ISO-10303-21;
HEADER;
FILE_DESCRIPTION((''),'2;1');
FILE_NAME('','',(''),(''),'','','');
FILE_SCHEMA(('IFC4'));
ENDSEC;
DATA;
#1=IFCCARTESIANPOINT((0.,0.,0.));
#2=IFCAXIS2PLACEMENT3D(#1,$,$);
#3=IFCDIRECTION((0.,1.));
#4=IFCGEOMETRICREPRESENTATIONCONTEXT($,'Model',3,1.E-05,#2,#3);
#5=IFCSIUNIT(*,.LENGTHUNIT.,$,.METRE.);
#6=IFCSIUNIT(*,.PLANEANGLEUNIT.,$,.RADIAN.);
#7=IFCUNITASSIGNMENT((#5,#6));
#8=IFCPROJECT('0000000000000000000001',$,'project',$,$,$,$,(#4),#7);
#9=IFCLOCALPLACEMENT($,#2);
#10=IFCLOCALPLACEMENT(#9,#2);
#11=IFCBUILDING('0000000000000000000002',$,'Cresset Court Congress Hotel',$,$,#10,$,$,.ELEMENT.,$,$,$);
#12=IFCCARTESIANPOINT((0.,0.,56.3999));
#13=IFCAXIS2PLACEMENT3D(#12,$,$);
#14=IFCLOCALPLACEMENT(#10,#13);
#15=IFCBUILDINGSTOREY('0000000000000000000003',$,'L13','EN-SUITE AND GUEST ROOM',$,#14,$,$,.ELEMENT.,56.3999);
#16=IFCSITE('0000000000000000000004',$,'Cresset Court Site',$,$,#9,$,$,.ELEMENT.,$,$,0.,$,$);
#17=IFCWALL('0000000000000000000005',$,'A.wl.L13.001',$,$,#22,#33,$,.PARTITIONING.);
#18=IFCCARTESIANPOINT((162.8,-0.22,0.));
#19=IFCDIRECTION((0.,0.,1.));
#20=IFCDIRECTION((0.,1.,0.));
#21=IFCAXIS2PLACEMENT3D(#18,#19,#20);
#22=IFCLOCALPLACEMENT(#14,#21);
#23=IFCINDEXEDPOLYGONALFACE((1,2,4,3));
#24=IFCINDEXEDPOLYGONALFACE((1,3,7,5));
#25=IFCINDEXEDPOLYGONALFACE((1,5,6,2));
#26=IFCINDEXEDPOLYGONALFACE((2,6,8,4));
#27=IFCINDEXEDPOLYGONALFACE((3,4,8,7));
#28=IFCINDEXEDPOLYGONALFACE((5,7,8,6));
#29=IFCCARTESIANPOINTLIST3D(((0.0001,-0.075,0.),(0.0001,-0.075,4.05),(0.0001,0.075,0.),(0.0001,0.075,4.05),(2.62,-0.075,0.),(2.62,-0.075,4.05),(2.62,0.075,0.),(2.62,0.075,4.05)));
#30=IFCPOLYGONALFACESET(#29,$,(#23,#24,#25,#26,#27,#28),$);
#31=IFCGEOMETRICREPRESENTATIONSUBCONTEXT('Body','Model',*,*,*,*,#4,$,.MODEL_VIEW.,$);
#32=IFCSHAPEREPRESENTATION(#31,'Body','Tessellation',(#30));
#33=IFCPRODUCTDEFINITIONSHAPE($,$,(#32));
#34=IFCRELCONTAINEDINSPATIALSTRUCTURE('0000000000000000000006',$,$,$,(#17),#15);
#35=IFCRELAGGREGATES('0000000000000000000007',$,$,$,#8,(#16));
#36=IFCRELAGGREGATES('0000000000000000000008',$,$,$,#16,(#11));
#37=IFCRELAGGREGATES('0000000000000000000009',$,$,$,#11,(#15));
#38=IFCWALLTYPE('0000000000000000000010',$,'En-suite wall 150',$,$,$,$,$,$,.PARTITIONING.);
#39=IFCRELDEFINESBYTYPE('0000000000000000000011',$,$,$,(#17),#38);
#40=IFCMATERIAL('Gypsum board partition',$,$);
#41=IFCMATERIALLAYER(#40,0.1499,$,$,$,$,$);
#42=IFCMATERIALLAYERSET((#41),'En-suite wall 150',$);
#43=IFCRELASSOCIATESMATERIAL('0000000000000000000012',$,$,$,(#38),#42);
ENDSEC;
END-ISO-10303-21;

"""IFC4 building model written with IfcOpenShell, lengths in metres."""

from ifc_helpers import new_model, si_unit, direction, frame, frame_2d, origin, place, context, subcontext, project, spatial, rectangle, extrude, material, layer, layer_set, type_object, element, save


model = new_model("IFC4")

# Units and contexts
model_context = context("Model", 3, precision=1e-05, world=origin(), true_north=direction((0.0, 1.0)))
body_context = subcontext(model_context, "Body", "Model", "MODEL_VIEW")
ifc_project = project(units=[si_unit("LENGTHUNIT", "METRE"), si_unit("PLANEANGLEUNIT", "RADIAN")], contexts=[model_context])

# Site, building, storey
site_placement = place(None, origin())
site = spatial("IfcSite", under=ifc_project, at=site_placement, Name="Cresset Court Site", CompositionType="ELEMENT", RefElevation=0.0)
building_placement = place(site_placement, origin())
building = spatial("IfcBuilding", under=site, at=building_placement, Name="Cresset Court Congress Hotel", CompositionType="ELEMENT")
storey_placement = place(building_placement, frame((0.0, 0.0, 56.3999)))
storey = spatial("IfcBuildingStorey", under=building, at=storey_placement, Name="L13", Description="EN-SUITE AND GUEST ROOM", CompositionType="ELEMENT", Elevation=56.3999)

# Wall
ifc_material_1 = material(Name="Gypsum board partition")
ifc_layer_1 = layer(ifc_material_1, 0.1499)
ifc_layer_set_1 = layer_set([ifc_layer_1], Name="En-suite wall 150")
wall_type_1 = type_object("IfcWallType", Name="En-suite wall 150", PredefinedType="PARTITIONING", material=ifc_layer_set_1)
wall_1_placement = place(storey_placement, frame((162.8, -0.22, 0.0), z_axis=(0.0, 0.0, 1.0), x_axis=(0.0, 1.0, 0.0)))
element("IfcWall", 1, at=wall_1_placement, inside=storey, type_object=wall_type_1, Name="A.wl.L13.001", PredefinedType="PARTITIONING", context=body_context, shape_type="SweptSolid", body=[
    extrude(rectangle(XDim=2.6199, YDim=0.1499, at=frame_2d((1.3101, 0.0))), origin(), (0.0, 0.0, 1.0), 4.05),
])

save(model, "model.ifc")
